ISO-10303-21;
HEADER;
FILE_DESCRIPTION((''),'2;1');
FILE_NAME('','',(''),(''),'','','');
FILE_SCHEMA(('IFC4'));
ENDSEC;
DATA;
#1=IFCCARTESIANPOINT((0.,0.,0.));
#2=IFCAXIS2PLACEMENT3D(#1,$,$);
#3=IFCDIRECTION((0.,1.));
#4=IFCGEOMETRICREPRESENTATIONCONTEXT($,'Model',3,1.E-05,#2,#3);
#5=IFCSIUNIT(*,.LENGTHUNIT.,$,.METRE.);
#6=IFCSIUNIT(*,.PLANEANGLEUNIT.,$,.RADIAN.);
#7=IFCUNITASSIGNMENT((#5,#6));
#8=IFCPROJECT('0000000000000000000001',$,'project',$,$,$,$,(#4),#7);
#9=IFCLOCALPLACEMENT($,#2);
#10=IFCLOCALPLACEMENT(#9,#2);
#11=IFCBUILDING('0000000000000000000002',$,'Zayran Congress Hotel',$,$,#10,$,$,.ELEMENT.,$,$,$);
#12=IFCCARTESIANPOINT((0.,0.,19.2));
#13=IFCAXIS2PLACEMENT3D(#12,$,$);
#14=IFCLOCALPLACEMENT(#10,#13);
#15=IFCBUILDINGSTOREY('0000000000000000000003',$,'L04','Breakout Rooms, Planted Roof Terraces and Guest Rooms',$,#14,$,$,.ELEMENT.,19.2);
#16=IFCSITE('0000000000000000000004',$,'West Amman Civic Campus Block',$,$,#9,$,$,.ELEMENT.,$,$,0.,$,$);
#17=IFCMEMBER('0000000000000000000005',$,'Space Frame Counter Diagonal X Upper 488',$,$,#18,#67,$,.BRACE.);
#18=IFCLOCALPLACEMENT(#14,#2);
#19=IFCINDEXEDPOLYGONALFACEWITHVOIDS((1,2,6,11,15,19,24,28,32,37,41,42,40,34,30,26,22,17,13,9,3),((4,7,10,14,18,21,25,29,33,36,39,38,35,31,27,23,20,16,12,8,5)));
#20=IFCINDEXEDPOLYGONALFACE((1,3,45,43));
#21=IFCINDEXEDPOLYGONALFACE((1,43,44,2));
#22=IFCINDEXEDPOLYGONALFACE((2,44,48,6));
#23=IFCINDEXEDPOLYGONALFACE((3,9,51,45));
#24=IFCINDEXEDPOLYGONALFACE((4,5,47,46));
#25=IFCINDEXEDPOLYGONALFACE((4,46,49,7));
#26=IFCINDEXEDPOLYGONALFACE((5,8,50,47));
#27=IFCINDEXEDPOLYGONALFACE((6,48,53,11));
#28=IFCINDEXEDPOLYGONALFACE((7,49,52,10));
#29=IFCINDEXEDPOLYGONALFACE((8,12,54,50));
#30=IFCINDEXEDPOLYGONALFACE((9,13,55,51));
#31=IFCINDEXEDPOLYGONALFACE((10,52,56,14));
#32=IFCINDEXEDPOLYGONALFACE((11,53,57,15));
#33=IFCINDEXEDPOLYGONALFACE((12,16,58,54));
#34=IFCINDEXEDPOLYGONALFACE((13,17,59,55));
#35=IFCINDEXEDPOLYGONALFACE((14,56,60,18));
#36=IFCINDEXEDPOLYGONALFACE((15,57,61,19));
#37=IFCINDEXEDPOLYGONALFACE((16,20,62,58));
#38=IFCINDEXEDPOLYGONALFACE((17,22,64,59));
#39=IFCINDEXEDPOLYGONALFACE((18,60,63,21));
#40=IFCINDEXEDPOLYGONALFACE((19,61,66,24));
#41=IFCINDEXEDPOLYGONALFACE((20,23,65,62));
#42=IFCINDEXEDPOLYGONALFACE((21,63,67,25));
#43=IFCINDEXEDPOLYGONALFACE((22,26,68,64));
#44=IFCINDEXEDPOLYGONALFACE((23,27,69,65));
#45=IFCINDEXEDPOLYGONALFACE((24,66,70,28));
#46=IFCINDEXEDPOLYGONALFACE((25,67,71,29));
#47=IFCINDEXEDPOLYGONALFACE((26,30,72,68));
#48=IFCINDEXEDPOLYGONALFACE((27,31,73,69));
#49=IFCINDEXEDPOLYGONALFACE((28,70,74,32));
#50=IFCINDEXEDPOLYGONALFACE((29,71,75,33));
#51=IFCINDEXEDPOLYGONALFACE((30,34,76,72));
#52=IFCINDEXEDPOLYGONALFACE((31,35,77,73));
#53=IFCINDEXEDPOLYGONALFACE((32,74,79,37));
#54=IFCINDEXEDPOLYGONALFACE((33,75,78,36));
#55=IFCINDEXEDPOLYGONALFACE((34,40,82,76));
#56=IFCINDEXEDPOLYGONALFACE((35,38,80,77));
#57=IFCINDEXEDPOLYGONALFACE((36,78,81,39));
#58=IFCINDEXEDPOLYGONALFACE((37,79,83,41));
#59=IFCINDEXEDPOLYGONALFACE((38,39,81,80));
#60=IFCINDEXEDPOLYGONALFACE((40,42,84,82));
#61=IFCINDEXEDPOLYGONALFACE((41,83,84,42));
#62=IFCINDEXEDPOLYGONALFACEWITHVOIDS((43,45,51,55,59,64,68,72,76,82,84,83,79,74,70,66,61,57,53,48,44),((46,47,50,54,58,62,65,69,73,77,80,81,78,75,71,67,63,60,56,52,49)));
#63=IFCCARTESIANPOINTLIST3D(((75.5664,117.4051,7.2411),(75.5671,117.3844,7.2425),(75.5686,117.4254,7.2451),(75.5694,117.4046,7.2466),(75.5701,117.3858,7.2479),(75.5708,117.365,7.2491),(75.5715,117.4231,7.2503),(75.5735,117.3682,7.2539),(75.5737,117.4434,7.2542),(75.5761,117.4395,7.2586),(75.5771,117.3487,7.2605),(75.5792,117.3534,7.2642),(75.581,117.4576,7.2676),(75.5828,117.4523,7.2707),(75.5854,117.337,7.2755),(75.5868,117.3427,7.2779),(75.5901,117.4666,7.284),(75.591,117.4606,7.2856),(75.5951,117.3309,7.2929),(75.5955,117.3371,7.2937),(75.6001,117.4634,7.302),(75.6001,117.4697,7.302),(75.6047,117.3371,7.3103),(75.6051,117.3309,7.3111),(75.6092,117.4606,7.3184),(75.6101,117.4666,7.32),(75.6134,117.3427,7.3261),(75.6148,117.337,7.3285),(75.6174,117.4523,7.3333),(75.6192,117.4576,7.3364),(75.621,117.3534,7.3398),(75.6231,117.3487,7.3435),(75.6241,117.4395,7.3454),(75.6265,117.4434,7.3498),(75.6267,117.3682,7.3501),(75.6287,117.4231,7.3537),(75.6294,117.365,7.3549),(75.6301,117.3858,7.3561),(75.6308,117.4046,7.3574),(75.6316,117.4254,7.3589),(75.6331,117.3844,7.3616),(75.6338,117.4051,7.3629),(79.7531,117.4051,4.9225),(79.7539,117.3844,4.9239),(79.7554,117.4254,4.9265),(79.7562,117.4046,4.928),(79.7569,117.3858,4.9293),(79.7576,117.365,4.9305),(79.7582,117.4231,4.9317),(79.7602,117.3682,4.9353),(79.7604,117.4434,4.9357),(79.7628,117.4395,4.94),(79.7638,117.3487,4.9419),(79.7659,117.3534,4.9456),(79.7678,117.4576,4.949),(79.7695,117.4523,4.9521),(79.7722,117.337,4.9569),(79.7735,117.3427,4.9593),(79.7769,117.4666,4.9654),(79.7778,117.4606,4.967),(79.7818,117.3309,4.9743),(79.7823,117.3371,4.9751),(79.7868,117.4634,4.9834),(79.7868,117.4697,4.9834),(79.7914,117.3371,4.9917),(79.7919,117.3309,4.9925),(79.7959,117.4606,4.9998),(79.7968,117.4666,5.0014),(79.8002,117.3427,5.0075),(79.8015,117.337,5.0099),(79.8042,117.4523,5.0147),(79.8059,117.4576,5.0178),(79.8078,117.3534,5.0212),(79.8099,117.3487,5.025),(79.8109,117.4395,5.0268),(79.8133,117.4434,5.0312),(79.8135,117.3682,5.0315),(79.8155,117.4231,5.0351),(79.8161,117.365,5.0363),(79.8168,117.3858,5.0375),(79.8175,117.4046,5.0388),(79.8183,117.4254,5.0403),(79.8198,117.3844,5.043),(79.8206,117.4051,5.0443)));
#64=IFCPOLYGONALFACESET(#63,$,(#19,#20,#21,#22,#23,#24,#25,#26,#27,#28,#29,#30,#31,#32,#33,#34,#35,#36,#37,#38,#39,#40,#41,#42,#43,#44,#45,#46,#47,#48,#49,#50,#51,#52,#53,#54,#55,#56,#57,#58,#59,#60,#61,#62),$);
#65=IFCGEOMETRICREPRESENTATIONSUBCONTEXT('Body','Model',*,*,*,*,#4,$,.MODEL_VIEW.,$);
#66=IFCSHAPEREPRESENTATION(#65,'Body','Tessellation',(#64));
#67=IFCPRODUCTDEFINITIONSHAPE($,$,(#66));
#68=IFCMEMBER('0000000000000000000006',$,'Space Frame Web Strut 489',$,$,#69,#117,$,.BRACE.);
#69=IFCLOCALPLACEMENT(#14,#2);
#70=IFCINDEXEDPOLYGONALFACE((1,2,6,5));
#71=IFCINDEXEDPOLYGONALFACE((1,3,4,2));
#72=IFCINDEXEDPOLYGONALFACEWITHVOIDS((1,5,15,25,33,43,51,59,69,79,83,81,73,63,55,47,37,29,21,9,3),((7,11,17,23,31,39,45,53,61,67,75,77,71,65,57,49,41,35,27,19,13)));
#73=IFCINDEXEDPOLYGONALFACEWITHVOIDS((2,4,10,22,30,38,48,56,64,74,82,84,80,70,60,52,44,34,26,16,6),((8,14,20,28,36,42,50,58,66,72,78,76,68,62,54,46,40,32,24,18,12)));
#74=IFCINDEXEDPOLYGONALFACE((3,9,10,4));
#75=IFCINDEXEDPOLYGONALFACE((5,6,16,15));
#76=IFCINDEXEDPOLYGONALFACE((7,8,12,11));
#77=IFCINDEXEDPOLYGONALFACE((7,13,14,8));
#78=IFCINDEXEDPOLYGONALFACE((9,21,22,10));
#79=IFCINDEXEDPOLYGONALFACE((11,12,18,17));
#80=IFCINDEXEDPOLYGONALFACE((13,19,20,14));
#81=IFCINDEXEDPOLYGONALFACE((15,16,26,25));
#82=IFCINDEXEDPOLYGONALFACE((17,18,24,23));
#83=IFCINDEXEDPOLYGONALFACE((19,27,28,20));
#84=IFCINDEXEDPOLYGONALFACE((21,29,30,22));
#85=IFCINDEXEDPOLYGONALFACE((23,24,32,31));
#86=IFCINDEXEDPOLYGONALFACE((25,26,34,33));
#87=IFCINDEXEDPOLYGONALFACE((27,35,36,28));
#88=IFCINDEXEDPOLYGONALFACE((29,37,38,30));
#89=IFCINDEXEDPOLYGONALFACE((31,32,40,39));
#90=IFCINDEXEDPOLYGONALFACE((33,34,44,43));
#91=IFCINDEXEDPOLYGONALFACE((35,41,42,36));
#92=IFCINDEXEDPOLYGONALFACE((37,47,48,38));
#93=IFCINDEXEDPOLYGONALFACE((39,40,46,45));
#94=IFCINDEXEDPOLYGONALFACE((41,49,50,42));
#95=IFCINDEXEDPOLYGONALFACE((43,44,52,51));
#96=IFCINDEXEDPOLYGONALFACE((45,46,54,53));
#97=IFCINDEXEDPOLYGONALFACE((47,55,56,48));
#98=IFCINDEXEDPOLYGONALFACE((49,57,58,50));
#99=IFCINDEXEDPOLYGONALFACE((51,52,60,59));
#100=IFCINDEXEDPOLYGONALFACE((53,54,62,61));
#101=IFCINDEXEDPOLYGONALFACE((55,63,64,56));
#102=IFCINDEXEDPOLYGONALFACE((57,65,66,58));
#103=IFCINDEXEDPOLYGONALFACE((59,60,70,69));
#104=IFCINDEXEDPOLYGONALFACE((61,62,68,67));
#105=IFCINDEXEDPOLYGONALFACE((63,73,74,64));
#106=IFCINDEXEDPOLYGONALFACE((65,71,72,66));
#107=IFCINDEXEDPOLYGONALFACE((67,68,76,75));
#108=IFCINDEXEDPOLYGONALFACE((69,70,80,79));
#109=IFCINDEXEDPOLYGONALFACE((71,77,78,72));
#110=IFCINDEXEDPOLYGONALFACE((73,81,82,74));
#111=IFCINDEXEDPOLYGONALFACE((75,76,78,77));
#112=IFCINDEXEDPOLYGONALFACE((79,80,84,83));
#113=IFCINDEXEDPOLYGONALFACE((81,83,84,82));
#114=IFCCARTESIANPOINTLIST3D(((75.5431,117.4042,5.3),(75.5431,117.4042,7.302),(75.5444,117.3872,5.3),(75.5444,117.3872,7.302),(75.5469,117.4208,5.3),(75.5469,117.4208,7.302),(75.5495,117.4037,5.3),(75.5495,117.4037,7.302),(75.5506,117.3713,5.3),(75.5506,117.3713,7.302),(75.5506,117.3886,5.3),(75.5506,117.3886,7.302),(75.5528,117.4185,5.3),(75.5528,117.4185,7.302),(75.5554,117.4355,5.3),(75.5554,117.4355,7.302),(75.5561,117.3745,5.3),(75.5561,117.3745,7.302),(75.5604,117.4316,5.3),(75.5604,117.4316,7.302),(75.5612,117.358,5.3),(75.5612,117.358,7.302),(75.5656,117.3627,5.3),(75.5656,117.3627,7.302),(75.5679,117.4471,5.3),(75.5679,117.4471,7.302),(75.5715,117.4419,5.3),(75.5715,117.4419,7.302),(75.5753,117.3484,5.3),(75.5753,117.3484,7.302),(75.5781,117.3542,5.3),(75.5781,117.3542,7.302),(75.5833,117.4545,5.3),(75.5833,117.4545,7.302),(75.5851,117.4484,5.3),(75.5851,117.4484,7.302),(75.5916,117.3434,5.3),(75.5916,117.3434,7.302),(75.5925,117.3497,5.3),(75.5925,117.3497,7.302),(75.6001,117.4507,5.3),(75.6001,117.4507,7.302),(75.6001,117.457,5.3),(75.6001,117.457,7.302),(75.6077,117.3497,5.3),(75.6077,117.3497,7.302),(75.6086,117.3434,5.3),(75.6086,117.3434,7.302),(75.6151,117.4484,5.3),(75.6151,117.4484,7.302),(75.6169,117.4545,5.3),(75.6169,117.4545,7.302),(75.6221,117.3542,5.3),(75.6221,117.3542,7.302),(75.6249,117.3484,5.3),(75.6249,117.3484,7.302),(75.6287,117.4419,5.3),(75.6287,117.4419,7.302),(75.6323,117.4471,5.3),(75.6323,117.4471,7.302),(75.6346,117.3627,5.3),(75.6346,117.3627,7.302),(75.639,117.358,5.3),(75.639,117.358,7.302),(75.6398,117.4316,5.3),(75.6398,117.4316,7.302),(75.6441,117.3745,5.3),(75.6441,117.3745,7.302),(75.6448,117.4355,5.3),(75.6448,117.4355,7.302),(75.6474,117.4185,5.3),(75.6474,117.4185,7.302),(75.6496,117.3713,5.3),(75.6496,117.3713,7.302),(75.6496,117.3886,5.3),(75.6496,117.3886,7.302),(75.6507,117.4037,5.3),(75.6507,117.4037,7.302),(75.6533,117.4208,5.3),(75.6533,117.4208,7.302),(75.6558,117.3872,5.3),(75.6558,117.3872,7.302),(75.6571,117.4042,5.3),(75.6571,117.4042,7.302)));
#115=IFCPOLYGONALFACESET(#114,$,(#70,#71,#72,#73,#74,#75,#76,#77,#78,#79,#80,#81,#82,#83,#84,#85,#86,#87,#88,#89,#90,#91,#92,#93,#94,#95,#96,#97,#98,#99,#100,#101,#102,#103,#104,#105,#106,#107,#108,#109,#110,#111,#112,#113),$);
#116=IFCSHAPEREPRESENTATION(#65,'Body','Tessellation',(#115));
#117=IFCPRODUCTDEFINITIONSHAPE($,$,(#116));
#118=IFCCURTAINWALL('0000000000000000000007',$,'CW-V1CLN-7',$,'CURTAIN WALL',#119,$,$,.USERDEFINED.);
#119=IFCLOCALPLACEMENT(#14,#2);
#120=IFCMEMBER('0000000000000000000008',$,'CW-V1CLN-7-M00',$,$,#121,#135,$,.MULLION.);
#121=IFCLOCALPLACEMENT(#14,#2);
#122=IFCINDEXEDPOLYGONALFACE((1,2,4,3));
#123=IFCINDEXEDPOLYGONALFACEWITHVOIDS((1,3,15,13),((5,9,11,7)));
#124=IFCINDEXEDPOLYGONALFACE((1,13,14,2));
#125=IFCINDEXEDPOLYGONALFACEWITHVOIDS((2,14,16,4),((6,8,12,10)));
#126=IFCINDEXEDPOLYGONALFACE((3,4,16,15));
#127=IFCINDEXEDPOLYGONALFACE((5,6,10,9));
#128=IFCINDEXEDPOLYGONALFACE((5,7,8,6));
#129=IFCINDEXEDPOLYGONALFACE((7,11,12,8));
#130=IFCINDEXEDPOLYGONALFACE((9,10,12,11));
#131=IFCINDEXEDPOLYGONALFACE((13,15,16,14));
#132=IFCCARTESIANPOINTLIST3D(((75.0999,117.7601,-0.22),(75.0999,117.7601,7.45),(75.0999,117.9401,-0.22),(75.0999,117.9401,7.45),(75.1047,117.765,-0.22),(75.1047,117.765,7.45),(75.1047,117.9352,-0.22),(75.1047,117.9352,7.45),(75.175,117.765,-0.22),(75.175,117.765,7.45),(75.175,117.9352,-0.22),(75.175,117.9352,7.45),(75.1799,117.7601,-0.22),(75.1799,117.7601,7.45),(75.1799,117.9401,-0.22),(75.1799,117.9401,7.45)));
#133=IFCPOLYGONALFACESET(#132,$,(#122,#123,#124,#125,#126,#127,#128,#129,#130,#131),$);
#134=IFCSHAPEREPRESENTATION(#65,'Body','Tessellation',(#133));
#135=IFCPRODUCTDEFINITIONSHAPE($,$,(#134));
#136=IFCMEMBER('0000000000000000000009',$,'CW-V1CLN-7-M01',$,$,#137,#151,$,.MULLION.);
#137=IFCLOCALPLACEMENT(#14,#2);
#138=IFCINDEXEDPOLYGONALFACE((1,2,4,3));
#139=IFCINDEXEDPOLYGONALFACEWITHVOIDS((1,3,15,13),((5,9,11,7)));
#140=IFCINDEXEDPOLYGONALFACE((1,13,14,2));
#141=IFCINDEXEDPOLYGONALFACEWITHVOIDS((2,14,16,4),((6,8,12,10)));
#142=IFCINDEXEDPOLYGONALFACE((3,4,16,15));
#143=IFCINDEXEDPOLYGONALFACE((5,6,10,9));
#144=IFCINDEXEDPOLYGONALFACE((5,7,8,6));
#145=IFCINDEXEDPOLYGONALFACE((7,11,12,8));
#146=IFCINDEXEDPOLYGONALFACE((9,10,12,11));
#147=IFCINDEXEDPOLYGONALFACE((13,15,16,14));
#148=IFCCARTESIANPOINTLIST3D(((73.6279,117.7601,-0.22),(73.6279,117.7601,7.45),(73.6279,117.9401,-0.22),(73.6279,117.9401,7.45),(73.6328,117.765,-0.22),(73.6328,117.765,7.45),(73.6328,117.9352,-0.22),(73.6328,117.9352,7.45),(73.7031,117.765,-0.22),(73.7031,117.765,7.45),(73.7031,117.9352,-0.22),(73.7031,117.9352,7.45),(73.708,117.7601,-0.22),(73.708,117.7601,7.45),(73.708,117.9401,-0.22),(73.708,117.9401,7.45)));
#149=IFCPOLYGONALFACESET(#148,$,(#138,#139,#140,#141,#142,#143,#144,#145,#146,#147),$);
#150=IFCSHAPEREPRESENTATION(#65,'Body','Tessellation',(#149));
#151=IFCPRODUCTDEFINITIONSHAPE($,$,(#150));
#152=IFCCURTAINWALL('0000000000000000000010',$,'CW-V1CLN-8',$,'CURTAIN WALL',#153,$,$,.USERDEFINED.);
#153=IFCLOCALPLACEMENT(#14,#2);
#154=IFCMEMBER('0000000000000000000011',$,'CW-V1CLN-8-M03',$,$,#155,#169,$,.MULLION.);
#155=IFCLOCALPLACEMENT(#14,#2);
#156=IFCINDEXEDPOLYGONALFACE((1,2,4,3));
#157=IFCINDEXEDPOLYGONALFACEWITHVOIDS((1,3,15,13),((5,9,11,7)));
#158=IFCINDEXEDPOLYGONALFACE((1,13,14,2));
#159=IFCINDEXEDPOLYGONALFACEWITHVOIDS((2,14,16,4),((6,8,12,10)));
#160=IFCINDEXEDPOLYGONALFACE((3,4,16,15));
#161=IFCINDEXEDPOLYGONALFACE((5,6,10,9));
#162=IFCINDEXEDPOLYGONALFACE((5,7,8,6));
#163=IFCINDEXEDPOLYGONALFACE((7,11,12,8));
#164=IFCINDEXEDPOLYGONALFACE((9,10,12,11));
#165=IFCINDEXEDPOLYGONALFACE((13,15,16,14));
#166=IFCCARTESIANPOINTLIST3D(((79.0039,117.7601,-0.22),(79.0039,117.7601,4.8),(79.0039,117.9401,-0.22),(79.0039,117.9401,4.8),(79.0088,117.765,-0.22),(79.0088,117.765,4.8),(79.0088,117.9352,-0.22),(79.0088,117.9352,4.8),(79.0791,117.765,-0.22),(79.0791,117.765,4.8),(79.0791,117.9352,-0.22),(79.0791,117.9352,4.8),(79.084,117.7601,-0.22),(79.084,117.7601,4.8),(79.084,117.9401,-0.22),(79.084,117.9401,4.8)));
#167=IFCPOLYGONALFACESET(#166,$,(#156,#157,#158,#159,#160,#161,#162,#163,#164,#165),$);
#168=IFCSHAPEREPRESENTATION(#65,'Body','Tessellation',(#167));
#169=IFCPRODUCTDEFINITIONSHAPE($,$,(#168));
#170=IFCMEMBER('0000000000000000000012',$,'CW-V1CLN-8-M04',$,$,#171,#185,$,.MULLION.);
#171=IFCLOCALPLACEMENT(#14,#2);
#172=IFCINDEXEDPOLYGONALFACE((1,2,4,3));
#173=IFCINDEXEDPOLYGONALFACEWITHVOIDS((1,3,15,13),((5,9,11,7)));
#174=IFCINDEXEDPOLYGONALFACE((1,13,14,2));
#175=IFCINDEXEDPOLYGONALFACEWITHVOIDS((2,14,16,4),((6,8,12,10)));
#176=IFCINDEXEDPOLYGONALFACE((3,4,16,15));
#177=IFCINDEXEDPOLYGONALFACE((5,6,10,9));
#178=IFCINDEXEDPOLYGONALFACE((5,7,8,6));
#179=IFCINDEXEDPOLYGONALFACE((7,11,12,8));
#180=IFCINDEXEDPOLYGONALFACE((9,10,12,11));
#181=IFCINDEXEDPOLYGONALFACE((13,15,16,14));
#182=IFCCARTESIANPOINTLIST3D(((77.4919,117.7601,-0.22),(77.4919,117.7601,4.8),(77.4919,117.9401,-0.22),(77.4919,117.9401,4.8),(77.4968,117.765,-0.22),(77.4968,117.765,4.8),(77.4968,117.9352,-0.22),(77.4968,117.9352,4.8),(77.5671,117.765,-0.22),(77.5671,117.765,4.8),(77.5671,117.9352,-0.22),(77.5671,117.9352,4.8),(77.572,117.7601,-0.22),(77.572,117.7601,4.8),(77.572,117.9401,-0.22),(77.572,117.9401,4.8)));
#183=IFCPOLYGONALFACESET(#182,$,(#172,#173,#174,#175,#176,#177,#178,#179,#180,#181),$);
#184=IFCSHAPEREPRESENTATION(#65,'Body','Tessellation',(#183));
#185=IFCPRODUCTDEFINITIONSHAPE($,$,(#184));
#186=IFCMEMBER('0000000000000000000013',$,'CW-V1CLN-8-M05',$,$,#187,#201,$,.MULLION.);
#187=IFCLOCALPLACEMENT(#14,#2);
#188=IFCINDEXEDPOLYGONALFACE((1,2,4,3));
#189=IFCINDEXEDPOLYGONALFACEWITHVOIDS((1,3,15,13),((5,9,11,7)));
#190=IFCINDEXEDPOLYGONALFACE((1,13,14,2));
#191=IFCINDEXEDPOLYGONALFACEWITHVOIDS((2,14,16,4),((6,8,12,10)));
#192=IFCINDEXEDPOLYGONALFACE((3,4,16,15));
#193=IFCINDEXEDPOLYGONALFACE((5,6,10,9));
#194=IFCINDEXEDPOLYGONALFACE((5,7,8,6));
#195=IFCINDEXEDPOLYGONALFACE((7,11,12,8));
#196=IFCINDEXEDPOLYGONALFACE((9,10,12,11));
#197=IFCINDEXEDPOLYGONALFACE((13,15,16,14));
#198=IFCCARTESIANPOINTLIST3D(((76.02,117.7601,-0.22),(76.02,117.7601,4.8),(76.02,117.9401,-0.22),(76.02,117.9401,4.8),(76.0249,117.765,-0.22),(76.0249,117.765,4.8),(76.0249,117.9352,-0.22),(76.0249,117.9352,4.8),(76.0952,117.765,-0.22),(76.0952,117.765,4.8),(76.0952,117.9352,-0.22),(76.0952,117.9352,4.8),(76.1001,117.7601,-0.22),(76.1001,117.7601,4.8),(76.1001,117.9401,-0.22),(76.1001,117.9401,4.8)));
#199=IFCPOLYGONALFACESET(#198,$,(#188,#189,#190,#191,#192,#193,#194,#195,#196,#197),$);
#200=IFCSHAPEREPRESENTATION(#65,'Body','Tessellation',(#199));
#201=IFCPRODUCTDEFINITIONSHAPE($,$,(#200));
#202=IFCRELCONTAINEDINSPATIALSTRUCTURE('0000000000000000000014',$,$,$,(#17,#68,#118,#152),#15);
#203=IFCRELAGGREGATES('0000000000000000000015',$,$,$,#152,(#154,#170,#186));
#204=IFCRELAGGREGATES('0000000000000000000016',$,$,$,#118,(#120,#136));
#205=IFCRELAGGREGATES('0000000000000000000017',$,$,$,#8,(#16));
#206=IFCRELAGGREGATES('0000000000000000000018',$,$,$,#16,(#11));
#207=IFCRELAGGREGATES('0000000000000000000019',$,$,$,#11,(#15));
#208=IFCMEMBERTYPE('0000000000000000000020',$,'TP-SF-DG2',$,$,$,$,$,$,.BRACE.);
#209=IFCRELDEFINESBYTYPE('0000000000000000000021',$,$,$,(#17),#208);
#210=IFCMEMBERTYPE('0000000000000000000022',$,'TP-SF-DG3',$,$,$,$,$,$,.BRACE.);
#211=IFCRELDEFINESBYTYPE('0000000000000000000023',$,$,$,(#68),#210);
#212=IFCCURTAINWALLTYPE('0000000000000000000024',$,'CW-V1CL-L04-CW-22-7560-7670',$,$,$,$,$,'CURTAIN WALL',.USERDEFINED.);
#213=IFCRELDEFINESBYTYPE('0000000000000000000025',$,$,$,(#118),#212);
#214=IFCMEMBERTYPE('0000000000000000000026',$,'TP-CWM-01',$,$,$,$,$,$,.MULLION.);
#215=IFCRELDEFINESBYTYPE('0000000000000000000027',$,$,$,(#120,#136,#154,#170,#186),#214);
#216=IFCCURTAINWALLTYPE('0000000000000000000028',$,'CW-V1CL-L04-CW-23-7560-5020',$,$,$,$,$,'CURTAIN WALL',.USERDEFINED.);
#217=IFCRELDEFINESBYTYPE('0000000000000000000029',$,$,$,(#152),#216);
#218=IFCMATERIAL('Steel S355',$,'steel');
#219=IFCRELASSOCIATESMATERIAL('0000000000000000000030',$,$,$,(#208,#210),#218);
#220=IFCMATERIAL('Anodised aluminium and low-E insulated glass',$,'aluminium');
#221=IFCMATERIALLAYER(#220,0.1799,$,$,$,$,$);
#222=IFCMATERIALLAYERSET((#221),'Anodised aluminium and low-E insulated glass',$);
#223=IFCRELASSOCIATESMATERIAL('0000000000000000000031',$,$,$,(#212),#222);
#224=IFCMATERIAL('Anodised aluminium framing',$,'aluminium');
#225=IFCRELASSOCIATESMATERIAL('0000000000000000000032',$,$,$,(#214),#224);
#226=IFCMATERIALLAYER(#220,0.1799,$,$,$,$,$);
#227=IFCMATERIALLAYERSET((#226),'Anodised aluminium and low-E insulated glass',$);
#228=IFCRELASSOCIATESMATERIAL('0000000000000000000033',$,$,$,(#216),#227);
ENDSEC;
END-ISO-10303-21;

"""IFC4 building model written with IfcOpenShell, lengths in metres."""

from ifc_helpers import new_model, si_unit, direction, frame, origin, origin_2d, place, context, subcontext, project, spatial, hollow_rectangle, hollow_circle, extrude, material, layer, layer_set, material_profile, profile_set, type_object, element, aggregate, save


model = new_model("IFC4")

# Units and contexts
model_context = context("Model", 3, precision=1e-05, world=origin(), true_north=direction((0.0, 1.0)))
body_context = subcontext(model_context, "Body", "Model", "MODEL_VIEW")
ifc_project = project(units=[si_unit("LENGTHUNIT", "METRE"), si_unit("PLANEANGLEUNIT", "RADIAN")], contexts=[model_context])

# Site, building, storey
site_placement = place(None, origin())
site = spatial("IfcSite", under=ifc_project, at=site_placement, Name="West Amman Civic Campus Block", CompositionType="ELEMENT", RefElevation=0.0)
building_placement = place(site_placement, origin())
building = spatial("IfcBuilding", under=site, at=building_placement, Name="Zayran Congress Hotel", CompositionType="ELEMENT")
storey_placement = place(building_placement, frame((0.0, 0.0, 19.2)))
storey = spatial("IfcBuildingStorey", under=building, at=storey_placement, Name="L04", Description="Breakout Rooms, Planted Roof Terraces and Guest Rooms", CompositionType="ELEMENT", Elevation=19.2)

# Members
ifc_material_1 = material(Name="Steel S355", Category="steel")
ifc_material_profile_1 = material_profile(ifc_material_1, hollow_circle(Radius=0.0698, WallThickness=0.0063, at=origin_2d()), Name="CHS 139.7x6.3")
ifc_profile_set_1 = profile_set([ifc_material_profile_1], Name="Steel S355")
member_type_1 = type_object("IfcMemberType", Name="TP-SF-DG2", PredefinedType="BRACE", material=ifc_profile_set_1)
member_1_placement = place(storey_placement, frame((75.6001, 117.3999, 7.302), z_axis=(0.874811, 0.0, -0.484464), x_axis=(0.0, 1.0, 0.0)))
element("IfcMember", 1, at=member_1_placement, inside=storey, type_object=member_type_1, Name="Space Frame Counter Diagonal X Upper 488", PredefinedType="BRACE", context=body_context, shape_type="SweptSolid", body=[
    extrude(hollow_circle(Radius=0.0698, WallThickness=0.0063, at=origin_2d()), origin(), (0.0, 0.0, 1.0), 4.7859),
])
ifc_material_profile_2 = material_profile(ifc_material_1, hollow_circle(Radius=0.0571, WallThickness=0.0063, at=origin_2d()), Name="CHS 114.3x6.3")
ifc_profile_set_2 = profile_set([ifc_material_profile_2], Name="Steel S355")
member_type_2 = type_object("IfcMemberType", Name="TP-SF-DG3", PredefinedType="BRACE", material=ifc_profile_set_2)
member_2_placement = place(storey_placement, frame((75.6001, 117.3999, 5.3), z_axis=(0.0, 0.0, 1.0), x_axis=(0.0, 1.0, 0.0)))
element("IfcMember", 2, at=member_2_placement, inside=storey, type_object=member_type_2, Name="Space Frame Web Strut 489", PredefinedType="BRACE", context=body_context, shape_type="SweptSolid", body=[
    extrude(hollow_circle(Radius=0.0571, WallThickness=0.0063, at=origin_2d()), origin(), (0.0, 0.0, 1.0), 2.002),
])

# Curtain walls, members
ifc_material_2 = material(Name="Anodised aluminium and low-E insulated glass", Category="aluminium")
ifc_layer_1 = layer(ifc_material_2, 0.1799)
ifc_layer_set_1 = layer_set([ifc_layer_1], Name="Anodised aluminium and low-E insulated glass")
curtain_wall_type_1 = type_object("IfcCurtainWallType", Name="CW-V1CL-L04-CW-22-7560-7670", ElementType="CURTAIN WALL", PredefinedType="USERDEFINED", material=ifc_layer_set_1)
curtain_wall_1_placement = place(storey_placement, origin())
curtain_wall_1 = element("IfcCurtainWall", 3, at=curtain_wall_1_placement, inside=storey, type_object=curtain_wall_type_1, Name="CW-V1CLN-7", ObjectType="CURTAIN WALL", PredefinedType="USERDEFINED")
ifc_material_3 = material(Name="Anodised aluminium framing", Category="aluminium")
ifc_material_profile_3 = material_profile(ifc_material_3, hollow_rectangle(XDim=0.0801, YDim=0.1799, WallThickness=0.0049, at=origin_2d()), Name="RHS 180x80x5")
ifc_profile_set_3 = profile_set([ifc_material_profile_3], Name="Anodised aluminium framing")
member_type_3 = type_object("IfcMemberType", Name="TP-CWM-01", PredefinedType="MULLION", material=ifc_profile_set_3)
member_3_placement = place(storey_placement, frame((75.1399, 117.8501, -0.22), z_axis=(0.0, 0.0, 1.0), x_axis=(1.0, 0.0, 0.0)))
member_3 = element("IfcMember", 4, at=member_3_placement, type_object=member_type_3, Name="CW-V1CLN-7-M00", PredefinedType="MULLION", context=body_context, shape_type="SweptSolid", body=[
    extrude(hollow_rectangle(XDim=0.0801, YDim=0.1799, WallThickness=0.0049, at=origin_2d()), origin(), (0.0, 0.0, 1.0), 7.6699),
])
member_4_placement = place(storey_placement, frame((73.668, 117.8501, -0.22), z_axis=(0.0, 0.0, 1.0), x_axis=(1.0, 0.0, 0.0)))
member_4 = element("IfcMember", 5, at=member_4_placement, type_object=member_type_3, Name="CW-V1CLN-7-M01", PredefinedType="MULLION", context=body_context, shape_type="SweptSolid", body=[
    extrude(hollow_rectangle(XDim=0.0801, YDim=0.1799, WallThickness=0.0049, at=origin_2d()), origin(), (0.0, 0.0, 1.0), 7.6699),
])
ifc_layer_2 = layer(ifc_material_2, 0.1799)
ifc_layer_set_2 = layer_set([ifc_layer_2], Name="Anodised aluminium and low-E insulated glass")
curtain_wall_type_2 = type_object("IfcCurtainWallType", Name="CW-V1CL-L04-CW-23-7560-5020", ElementType="CURTAIN WALL", PredefinedType="USERDEFINED", material=ifc_layer_set_2)
curtain_wall_2_placement = place(storey_placement, origin())
curtain_wall_2 = element("IfcCurtainWall", 6, at=curtain_wall_2_placement, inside=storey, type_object=curtain_wall_type_2, Name="CW-V1CLN-8", ObjectType="CURTAIN WALL", PredefinedType="USERDEFINED")
member_5_placement = place(storey_placement, frame((79.0439, 117.8501, -0.22), z_axis=(0.0, 0.0, 1.0), x_axis=(1.0, 0.0, 0.0)))
member_5 = element("IfcMember", 7, at=member_5_placement, type_object=member_type_3, Name="CW-V1CLN-8-M03", PredefinedType="MULLION", context=body_context, shape_type="SweptSolid", body=[
    extrude(hollow_rectangle(XDim=0.0801, YDim=0.1799, WallThickness=0.0049, at=origin_2d()), origin(), (0.0, 0.0, 1.0), 5.02),
])
member_6_placement = place(storey_placement, frame((77.532, 117.8501, -0.22), z_axis=(0.0, 0.0, 1.0), x_axis=(1.0, 0.0, 0.0)))
member_6 = element("IfcMember", 8, at=member_6_placement, type_object=member_type_3, Name="CW-V1CLN-8-M04", PredefinedType="MULLION", context=body_context, shape_type="SweptSolid", body=[
    extrude(hollow_rectangle(XDim=0.0801, YDim=0.1799, WallThickness=0.0049, at=origin_2d()), origin(), (0.0, 0.0, 1.0), 5.02),
])
member_7_placement = place(storey_placement, frame((76.0601, 117.8501, -0.22), z_axis=(0.0, 0.0, 1.0), x_axis=(1.0, 0.0, 0.0)))
member_7 = element("IfcMember", 9, at=member_7_placement, type_object=member_type_3, Name="CW-V1CLN-8-M05", PredefinedType="MULLION", context=body_context, shape_type="SweptSolid", body=[
    extrude(hollow_rectangle(XDim=0.0801, YDim=0.1799, WallThickness=0.0049, at=origin_2d()), origin(), (0.0, 0.0, 1.0), 5.02),
])

aggregate(curtain_wall_2, [member_5, member_6, member_7])
aggregate(curtain_wall_1, [member_3, member_4])

save(model, "model.ifc")
